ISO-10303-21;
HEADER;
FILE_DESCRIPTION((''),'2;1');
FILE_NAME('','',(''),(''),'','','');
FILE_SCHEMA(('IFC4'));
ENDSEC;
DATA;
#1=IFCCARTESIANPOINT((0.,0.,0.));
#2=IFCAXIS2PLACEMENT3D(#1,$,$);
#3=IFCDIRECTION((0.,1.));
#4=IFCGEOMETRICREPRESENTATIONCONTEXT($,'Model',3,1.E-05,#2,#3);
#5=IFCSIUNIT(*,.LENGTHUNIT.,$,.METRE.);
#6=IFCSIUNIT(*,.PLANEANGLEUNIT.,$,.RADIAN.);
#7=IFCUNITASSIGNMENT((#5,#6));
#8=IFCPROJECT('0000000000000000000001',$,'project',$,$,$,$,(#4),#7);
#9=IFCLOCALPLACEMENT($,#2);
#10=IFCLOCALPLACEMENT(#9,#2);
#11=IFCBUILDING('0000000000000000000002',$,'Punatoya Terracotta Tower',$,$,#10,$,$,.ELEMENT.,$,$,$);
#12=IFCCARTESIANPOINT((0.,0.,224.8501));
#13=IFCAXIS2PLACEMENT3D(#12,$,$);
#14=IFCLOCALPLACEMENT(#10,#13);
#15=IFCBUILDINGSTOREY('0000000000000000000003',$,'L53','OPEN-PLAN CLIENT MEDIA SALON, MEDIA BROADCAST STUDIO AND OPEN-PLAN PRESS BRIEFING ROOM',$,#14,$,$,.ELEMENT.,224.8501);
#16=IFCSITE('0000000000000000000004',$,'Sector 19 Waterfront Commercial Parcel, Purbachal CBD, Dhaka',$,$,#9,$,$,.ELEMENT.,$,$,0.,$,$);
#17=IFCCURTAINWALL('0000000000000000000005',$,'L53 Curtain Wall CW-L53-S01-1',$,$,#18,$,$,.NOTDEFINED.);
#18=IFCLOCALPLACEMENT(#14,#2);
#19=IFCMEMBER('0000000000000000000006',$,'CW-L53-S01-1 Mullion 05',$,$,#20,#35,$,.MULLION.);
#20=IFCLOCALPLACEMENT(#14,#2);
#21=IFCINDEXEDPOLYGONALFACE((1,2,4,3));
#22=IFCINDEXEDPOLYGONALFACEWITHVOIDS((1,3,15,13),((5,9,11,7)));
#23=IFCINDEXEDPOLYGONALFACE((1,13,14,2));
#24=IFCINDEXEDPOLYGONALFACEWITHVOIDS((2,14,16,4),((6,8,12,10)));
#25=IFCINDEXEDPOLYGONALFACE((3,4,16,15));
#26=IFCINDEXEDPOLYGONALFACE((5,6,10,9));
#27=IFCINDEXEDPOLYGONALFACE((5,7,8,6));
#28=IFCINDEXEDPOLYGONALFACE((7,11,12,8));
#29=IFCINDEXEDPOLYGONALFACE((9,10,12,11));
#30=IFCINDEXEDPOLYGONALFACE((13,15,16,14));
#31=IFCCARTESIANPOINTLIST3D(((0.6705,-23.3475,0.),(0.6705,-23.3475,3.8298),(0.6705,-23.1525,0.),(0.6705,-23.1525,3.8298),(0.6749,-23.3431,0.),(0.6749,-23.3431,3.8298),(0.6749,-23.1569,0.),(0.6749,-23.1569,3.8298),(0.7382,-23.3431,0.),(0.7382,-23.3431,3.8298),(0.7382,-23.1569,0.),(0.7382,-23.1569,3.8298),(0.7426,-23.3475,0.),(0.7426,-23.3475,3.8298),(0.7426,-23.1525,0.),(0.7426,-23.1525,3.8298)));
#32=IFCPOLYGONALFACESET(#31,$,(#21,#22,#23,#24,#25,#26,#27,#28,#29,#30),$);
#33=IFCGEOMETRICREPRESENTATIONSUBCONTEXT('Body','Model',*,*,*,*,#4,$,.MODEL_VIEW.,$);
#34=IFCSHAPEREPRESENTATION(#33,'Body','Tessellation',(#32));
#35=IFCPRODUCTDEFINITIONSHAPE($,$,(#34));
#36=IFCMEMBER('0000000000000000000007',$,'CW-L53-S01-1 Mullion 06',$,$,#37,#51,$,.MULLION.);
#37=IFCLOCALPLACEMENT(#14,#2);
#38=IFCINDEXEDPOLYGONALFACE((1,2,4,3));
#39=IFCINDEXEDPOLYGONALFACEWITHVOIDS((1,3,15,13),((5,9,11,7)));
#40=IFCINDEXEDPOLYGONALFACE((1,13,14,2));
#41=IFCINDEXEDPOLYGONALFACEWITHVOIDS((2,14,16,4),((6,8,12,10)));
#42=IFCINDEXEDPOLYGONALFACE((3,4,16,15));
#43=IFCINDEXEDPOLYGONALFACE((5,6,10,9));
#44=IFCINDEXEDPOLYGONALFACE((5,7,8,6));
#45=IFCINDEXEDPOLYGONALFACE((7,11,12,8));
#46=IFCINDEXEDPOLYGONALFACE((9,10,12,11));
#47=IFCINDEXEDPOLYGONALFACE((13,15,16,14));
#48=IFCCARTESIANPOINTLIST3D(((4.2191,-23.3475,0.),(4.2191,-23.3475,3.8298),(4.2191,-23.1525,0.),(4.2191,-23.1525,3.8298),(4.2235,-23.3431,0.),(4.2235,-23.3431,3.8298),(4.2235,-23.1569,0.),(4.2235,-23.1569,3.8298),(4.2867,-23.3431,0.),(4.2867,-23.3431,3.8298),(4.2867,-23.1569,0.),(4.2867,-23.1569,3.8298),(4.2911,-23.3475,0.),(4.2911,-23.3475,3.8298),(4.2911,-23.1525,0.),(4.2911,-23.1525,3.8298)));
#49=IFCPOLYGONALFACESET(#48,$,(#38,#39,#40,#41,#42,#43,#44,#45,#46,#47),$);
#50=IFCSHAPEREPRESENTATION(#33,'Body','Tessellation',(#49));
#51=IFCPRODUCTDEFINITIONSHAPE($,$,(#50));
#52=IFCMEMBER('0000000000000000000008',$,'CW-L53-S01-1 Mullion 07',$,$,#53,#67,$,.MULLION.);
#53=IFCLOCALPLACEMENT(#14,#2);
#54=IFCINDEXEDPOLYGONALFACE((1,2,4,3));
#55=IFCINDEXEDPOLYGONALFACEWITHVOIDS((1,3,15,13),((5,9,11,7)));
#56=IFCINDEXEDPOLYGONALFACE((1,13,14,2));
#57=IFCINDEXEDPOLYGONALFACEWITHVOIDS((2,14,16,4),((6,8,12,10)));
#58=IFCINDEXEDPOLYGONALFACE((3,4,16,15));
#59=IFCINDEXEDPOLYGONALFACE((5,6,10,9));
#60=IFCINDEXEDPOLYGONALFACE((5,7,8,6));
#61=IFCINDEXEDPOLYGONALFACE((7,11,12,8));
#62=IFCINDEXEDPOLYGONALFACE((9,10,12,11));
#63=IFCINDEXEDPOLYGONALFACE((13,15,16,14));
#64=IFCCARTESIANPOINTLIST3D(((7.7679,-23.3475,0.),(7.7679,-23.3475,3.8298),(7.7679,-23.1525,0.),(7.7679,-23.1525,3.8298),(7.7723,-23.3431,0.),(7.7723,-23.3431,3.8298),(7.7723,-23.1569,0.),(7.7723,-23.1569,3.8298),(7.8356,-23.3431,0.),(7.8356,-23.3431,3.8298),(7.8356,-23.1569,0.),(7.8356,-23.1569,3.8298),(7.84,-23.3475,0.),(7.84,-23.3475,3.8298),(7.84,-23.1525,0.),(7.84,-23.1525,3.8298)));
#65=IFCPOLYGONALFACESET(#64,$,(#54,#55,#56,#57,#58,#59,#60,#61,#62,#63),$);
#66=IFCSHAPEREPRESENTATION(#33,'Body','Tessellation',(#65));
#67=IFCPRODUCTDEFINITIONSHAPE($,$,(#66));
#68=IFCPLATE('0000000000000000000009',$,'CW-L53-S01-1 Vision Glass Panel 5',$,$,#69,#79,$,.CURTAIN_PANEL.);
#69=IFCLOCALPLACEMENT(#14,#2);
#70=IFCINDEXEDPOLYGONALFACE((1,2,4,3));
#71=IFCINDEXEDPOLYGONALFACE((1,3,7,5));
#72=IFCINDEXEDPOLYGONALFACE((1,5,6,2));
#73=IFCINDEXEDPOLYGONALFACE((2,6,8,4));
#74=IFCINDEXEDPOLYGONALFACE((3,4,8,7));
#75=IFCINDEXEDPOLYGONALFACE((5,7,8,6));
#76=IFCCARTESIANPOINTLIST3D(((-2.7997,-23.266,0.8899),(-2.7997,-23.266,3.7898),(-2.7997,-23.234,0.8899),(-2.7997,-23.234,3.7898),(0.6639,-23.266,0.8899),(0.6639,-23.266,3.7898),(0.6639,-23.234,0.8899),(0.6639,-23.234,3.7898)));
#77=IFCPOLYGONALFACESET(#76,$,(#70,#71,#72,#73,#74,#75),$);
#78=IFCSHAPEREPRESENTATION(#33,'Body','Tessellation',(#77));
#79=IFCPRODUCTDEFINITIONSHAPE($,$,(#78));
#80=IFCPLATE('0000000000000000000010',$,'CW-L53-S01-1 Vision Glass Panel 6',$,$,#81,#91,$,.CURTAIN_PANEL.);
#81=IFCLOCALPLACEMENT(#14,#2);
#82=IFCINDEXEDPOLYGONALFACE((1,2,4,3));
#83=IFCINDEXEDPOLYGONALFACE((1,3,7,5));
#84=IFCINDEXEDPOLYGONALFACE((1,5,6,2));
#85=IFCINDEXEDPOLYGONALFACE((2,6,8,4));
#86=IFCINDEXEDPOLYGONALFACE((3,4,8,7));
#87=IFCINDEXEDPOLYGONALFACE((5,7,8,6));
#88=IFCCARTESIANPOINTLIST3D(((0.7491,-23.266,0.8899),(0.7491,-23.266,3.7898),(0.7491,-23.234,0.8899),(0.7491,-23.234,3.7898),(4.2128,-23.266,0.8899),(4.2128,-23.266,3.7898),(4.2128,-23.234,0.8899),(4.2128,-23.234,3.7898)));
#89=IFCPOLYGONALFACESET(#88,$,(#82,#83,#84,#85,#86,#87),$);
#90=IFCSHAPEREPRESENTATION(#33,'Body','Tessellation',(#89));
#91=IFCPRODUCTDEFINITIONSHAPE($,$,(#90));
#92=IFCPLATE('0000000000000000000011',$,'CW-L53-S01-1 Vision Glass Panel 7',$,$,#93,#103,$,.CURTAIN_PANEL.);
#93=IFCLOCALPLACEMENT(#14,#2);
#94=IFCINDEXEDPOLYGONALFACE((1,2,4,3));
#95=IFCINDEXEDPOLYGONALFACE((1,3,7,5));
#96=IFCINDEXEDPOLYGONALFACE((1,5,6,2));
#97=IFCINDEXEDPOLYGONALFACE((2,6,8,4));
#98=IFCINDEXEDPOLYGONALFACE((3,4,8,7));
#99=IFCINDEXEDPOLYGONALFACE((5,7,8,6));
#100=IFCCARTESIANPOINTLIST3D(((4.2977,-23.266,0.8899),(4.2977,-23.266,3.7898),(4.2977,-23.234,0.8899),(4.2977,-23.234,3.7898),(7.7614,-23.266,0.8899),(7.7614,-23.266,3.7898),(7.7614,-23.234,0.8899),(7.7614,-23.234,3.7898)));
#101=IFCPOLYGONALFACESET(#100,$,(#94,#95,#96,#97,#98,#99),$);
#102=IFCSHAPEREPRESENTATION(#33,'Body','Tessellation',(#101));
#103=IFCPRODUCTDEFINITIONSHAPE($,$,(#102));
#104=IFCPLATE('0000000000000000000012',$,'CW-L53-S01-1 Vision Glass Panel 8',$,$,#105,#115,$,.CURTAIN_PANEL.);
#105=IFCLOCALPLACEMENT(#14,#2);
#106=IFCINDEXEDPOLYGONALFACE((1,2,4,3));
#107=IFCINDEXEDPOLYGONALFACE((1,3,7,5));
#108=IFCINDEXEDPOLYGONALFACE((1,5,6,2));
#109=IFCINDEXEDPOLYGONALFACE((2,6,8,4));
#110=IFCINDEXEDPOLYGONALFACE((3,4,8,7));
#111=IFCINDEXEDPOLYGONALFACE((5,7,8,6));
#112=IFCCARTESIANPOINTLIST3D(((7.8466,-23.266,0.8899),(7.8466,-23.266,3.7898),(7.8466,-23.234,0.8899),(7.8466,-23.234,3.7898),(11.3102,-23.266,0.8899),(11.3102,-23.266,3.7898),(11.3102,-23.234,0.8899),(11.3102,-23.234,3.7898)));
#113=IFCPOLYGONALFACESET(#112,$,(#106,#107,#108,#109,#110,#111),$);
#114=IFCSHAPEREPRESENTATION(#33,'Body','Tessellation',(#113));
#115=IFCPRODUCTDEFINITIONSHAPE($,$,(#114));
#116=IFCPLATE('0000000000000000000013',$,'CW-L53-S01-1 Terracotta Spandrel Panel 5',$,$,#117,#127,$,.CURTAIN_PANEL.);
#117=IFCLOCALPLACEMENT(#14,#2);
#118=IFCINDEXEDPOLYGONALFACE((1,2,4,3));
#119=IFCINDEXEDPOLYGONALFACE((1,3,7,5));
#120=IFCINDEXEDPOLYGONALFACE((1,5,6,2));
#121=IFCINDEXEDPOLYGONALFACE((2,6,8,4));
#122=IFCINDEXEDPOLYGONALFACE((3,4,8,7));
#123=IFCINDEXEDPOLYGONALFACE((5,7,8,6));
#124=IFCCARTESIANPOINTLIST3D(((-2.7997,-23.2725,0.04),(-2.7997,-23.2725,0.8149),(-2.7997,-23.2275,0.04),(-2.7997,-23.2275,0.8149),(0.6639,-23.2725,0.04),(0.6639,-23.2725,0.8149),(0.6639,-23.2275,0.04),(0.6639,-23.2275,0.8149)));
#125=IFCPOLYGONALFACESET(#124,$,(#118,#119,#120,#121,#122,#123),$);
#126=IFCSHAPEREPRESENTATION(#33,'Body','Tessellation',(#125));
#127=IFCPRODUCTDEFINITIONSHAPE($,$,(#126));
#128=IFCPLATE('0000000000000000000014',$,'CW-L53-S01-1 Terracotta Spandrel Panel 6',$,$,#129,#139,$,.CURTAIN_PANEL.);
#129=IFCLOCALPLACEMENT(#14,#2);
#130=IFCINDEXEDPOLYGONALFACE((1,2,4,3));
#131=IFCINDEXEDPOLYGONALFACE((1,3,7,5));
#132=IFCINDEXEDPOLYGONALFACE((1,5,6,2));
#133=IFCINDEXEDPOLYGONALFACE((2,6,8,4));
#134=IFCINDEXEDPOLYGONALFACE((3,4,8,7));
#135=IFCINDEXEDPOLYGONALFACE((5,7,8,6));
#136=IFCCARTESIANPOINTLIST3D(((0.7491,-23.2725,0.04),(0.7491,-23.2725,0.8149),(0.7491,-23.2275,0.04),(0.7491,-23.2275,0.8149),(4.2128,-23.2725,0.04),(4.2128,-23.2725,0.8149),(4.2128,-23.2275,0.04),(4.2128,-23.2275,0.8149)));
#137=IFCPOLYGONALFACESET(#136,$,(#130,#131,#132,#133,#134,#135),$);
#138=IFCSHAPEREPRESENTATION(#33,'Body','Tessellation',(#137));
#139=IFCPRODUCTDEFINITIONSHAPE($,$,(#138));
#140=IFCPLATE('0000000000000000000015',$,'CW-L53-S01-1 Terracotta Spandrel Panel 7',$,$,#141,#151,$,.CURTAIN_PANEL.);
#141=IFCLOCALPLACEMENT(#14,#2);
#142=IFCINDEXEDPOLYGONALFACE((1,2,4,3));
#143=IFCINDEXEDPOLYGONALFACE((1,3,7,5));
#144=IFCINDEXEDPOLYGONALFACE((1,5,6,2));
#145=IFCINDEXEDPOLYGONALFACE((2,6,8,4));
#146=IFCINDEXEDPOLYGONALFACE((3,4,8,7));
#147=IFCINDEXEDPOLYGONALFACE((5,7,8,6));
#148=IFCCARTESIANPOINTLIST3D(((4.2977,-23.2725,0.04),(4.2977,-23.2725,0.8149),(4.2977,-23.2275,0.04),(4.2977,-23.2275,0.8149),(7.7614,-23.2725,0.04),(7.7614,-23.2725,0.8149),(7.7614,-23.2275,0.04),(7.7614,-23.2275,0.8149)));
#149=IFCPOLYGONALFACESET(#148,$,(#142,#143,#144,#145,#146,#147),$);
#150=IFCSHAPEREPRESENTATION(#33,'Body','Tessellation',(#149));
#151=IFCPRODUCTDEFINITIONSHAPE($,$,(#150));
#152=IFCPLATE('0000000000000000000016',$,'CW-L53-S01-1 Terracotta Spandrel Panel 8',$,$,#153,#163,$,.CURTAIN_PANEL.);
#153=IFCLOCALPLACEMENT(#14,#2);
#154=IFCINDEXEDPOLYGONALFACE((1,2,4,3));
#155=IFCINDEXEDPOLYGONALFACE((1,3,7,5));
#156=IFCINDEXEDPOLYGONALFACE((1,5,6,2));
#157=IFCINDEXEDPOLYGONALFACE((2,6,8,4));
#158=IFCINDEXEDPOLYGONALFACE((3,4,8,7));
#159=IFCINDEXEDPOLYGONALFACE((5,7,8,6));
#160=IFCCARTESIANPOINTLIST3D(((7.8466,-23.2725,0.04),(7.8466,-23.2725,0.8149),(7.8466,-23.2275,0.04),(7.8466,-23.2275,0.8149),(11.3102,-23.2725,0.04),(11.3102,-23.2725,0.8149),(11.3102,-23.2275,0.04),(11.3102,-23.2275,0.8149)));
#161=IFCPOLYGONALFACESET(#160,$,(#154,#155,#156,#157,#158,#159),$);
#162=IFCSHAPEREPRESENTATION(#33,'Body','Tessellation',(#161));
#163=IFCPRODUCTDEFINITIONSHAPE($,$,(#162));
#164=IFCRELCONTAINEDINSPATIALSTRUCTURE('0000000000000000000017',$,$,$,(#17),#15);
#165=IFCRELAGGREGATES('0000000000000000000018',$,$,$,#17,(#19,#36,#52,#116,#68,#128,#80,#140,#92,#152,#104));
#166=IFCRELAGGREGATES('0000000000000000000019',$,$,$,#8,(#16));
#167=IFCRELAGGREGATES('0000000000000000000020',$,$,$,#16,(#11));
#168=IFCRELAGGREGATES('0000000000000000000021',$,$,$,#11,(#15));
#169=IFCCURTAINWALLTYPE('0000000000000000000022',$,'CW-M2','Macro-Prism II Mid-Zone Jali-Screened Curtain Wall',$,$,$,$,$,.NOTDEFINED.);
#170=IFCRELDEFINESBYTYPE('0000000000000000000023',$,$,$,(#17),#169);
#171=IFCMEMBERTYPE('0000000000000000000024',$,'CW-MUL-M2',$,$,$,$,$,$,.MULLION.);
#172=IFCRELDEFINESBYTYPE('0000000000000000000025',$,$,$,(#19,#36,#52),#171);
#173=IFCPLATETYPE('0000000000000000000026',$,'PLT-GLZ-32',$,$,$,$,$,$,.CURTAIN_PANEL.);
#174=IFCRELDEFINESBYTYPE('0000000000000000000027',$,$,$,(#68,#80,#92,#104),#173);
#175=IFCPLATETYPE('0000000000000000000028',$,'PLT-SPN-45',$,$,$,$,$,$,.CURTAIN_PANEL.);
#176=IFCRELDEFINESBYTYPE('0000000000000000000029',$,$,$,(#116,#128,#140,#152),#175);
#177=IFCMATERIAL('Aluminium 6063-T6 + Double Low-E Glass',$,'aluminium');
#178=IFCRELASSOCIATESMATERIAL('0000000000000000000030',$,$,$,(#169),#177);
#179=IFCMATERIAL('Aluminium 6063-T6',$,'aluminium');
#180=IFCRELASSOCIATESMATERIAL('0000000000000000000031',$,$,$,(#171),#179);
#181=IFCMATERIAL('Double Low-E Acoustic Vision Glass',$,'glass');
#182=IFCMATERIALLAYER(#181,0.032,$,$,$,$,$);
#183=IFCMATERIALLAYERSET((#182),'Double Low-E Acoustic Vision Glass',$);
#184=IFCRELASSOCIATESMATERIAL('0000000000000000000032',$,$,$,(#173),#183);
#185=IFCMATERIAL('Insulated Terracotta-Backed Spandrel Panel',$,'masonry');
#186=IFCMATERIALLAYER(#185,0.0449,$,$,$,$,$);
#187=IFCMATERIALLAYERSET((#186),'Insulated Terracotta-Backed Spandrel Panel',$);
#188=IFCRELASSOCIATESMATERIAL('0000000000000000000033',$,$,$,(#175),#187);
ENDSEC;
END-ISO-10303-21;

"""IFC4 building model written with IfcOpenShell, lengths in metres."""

from ifc_helpers import new_model, si_unit, direction, frame, origin, origin_2d, place, context, subcontext, project, spatial, rectangle, hollow_rectangle, extrude, material, layer, layer_set, material_profile, profile_set, type_object, element, aggregate, save


model = new_model("IFC4")

# Units and contexts
model_context = context("Model", 3, precision=1e-05, world=origin(), true_north=direction((0.0, 1.0)))
body_context = subcontext(model_context, "Body", "Model", "MODEL_VIEW")
ifc_project = project(units=[si_unit("LENGTHUNIT", "METRE"), si_unit("PLANEANGLEUNIT", "RADIAN")], contexts=[model_context])

# Site, building, storey
site_placement = place(None, origin())
site = spatial("IfcSite", under=ifc_project, at=site_placement, Name="Sector 19 Waterfront Commercial Parcel, Purbachal CBD, Dhaka", CompositionType="ELEMENT", RefElevation=0.0)
building_placement = place(site_placement, origin())
building = spatial("IfcBuilding", under=site, at=building_placement, Name="Punatoya Terracotta Tower", CompositionType="ELEMENT")
storey_placement = place(building_placement, frame((0.0, 0.0, 224.8501)))
storey = spatial("IfcBuildingStorey", under=building, at=storey_placement, Name="L53", Description="OPEN-PLAN CLIENT MEDIA SALON, MEDIA BROADCAST STUDIO AND OPEN-PLAN PRESS BRIEFING ROOM", CompositionType="ELEMENT", Elevation=224.8501)

# Curtain wall, members, plates
ifc_material_1 = material(Name="Aluminium 6063-T6 + Double Low-E Glass", Category="aluminium")
curtain_wall_type = type_object("IfcCurtainWallType", Name="CW-M2", Description="Macro-Prism II Mid-Zone Jali-Screened Curtain Wall", PredefinedType="NOTDEFINED", material=ifc_material_1)
curtain_wall_placement = place(storey_placement, origin())
curtain_wall = element("IfcCurtainWall", 1, at=curtain_wall_placement, inside=storey, type_object=curtain_wall_type, Name="L53 Curtain Wall CW-L53-S01-1", PredefinedType="NOTDEFINED")
ifc_material_2 = material(Name="Aluminium 6063-T6", Category="aluminium")
ifc_material_profile_1 = material_profile(ifc_material_2, hollow_rectangle(XDim=0.072, YDim=0.1951, WallThickness=0.0044, at=origin_2d()))
ifc_profile_set_1 = profile_set([ifc_material_profile_1], Name="Aluminium 6063-T6")
member_type = type_object("IfcMemberType", Name="CW-MUL-M2", PredefinedType="MULLION", material=ifc_profile_set_1)
member_1_placement = place(storey_placement, frame((0.7065, -23.25, 0.0), z_axis=(0.0, 0.0, 1.0), x_axis=(1.0, 0.0, 0.0)))
member_1 = element("IfcMember", 2, at=member_1_placement, type_object=member_type, Name="CW-L53-S01-1 Mullion 05", PredefinedType="MULLION", context=body_context, shape_type="SweptSolid", body=[
    extrude(hollow_rectangle(XDim=0.072, YDim=0.1951, WallThickness=0.0044, at=origin_2d()), origin(), (0.0, 0.0, 1.0), 3.8298),
])
member_2_placement = place(storey_placement, frame((4.2551, -23.25, 0.0), z_axis=(0.0, 0.0, 1.0), x_axis=(1.0, 0.0, 0.0)))
member_2 = element("IfcMember", 3, at=member_2_placement, type_object=member_type, Name="CW-L53-S01-1 Mullion 06", PredefinedType="MULLION", context=body_context, shape_type="SweptSolid", body=[
    extrude(hollow_rectangle(XDim=0.072, YDim=0.1951, WallThickness=0.0044, at=origin_2d()), origin(), (0.0, 0.0, 1.0), 3.8298),
])
member_3_placement = place(storey_placement, frame((7.804, -23.25, 0.0), z_axis=(0.0, 0.0, 1.0), x_axis=(1.0, 0.0, 0.0)))
member_3 = element("IfcMember", 4, at=member_3_placement, type_object=member_type, Name="CW-L53-S01-1 Mullion 07", PredefinedType="MULLION", context=body_context, shape_type="SweptSolid", body=[
    extrude(hollow_rectangle(XDim=0.072, YDim=0.1951, WallThickness=0.0044, at=origin_2d()), origin(), (0.0, 0.0, 1.0), 3.8298),
])
ifc_material_3 = material(Name="Double Low-E Acoustic Vision Glass", Category="glass")
ifc_layer_1 = layer(ifc_material_3, 0.032)
ifc_layer_set_1 = layer_set([ifc_layer_1], Name="Double Low-E Acoustic Vision Glass")
plate_type_1 = type_object("IfcPlateType", Name="PLT-GLZ-32", PredefinedType="CURTAIN_PANEL", material=ifc_layer_set_1)
plate_1_placement = place(storey_placement, frame((-1.0679, -23.25, 0.8899), z_axis=(0.0, 0.0, 1.0), x_axis=(1.0, 0.0, 0.0)))
plate_1 = element("IfcPlate", 5, at=plate_1_placement, type_object=plate_type_1, Name="CW-L53-S01-1 Vision Glass Panel 5", PredefinedType="CURTAIN_PANEL", context=body_context, shape_type="SweptSolid", body=[
    extrude(rectangle(XDim=3.4636, YDim=0.032, at=origin_2d()), origin(), (0.0, 0.0, 1.0), 2.8999),
])
plate_2_placement = place(storey_placement, frame((2.481, -23.25, 0.8899), z_axis=(0.0, 0.0, 1.0), x_axis=(1.0, 0.0, 0.0)))
plate_2 = element("IfcPlate", 6, at=plate_2_placement, type_object=plate_type_1, Name="CW-L53-S01-1 Vision Glass Panel 6", PredefinedType="CURTAIN_PANEL", context=body_context, shape_type="SweptSolid", body=[
    extrude(rectangle(XDim=3.4636, YDim=0.032, at=origin_2d()), origin(), (0.0, 0.0, 1.0), 2.8999),
])
plate_3_placement = place(storey_placement, frame((6.0295, -23.25, 0.8899), z_axis=(0.0, 0.0, 1.0), x_axis=(1.0, 0.0, 0.0)))
plate_3 = element("IfcPlate", 7, at=plate_3_placement, type_object=plate_type_1, Name="CW-L53-S01-1 Vision Glass Panel 7", PredefinedType="CURTAIN_PANEL", context=body_context, shape_type="SweptSolid", body=[
    extrude(rectangle(XDim=3.4636, YDim=0.032, at=origin_2d()), origin(), (0.0, 0.0, 1.0), 2.8999),
])
plate_4_placement = place(storey_placement, frame((9.5784, -23.25, 0.8899), z_axis=(0.0, 0.0, 1.0), x_axis=(1.0, 0.0, 0.0)))
plate_4 = element("IfcPlate", 8, at=plate_4_placement, type_object=plate_type_1, Name="CW-L53-S01-1 Vision Glass Panel 8", PredefinedType="CURTAIN_PANEL", context=body_context, shape_type="SweptSolid", body=[
    extrude(rectangle(XDim=3.4636, YDim=0.032, at=origin_2d()), origin(), (0.0, 0.0, 1.0), 2.8999),
])
ifc_material_4 = material(Name="Insulated Terracotta-Backed Spandrel Panel", Category="masonry")
ifc_layer_2 = layer(ifc_material_4, 0.0449)
ifc_layer_set_2 = layer_set([ifc_layer_2], Name="Insulated Terracotta-Backed Spandrel Panel")
plate_type_2 = type_object("IfcPlateType", Name="PLT-SPN-45", PredefinedType="CURTAIN_PANEL", material=ifc_layer_set_2)
plate_5_placement = place(storey_placement, frame((-1.0679, -23.25, 0.04), z_axis=(0.0, 0.0, 1.0), x_axis=(1.0, 0.0, 0.0)))
plate_5 = element("IfcPlate", 9, at=plate_5_placement, type_object=plate_type_2, Name="CW-L53-S01-1 Terracotta Spandrel Panel 5", PredefinedType="CURTAIN_PANEL", context=body_context, shape_type="SweptSolid", body=[
    extrude(rectangle(XDim=3.4636, YDim=0.0449, at=origin_2d()), origin(), (0.0, 0.0, 1.0), 0.7749),
])
plate_6_placement = place(storey_placement, frame((2.481, -23.25, 0.04), z_axis=(0.0, 0.0, 1.0), x_axis=(1.0, 0.0, 0.0)))
plate_6 = element("IfcPlate", 10, at=plate_6_placement, type_object=plate_type_2, Name="CW-L53-S01-1 Terracotta Spandrel Panel 6", PredefinedType="CURTAIN_PANEL", context=body_context, shape_type="SweptSolid", body=[
    extrude(rectangle(XDim=3.4636, YDim=0.0449, at=origin_2d()), origin(), (0.0, 0.0, 1.0), 0.7749),
])
plate_7_placement = place(storey_placement, frame((6.0295, -23.25, 0.04), z_axis=(0.0, 0.0, 1.0), x_axis=(1.0, 0.0, 0.0)))
plate_7 = element("IfcPlate", 11, at=plate_7_placement, type_object=plate_type_2, Name="CW-L53-S01-1 Terracotta Spandrel Panel 7", PredefinedType="CURTAIN_PANEL", context=body_context, shape_type="SweptSolid", body=[
    extrude(rectangle(XDim=3.4636, YDim=0.0449, at=origin_2d()), origin(), (0.0, 0.0, 1.0), 0.7749),
])
plate_8_placement = place(storey_placement, frame((9.5784, -23.25, 0.04), z_axis=(0.0, 0.0, 1.0), x_axis=(1.0, 0.0, 0.0)))
plate_8 = element("IfcPlate", 12, at=plate_8_placement, type_object=plate_type_2, Name="CW-L53-S01-1 Terracotta Spandrel Panel 8", PredefinedType="CURTAIN_PANEL", context=body_context, shape_type="SweptSolid", body=[
    extrude(rectangle(XDim=3.4636, YDim=0.0449, at=origin_2d()), origin(), (0.0, 0.0, 1.0), 0.7749),
])
aggregate(curtain_wall, [member_1, member_2, member_3, plate_5, plate_1, plate_6, plate_2, plate_7, plate_3, plate_8, plate_4])

save(model, "model.ifc")
